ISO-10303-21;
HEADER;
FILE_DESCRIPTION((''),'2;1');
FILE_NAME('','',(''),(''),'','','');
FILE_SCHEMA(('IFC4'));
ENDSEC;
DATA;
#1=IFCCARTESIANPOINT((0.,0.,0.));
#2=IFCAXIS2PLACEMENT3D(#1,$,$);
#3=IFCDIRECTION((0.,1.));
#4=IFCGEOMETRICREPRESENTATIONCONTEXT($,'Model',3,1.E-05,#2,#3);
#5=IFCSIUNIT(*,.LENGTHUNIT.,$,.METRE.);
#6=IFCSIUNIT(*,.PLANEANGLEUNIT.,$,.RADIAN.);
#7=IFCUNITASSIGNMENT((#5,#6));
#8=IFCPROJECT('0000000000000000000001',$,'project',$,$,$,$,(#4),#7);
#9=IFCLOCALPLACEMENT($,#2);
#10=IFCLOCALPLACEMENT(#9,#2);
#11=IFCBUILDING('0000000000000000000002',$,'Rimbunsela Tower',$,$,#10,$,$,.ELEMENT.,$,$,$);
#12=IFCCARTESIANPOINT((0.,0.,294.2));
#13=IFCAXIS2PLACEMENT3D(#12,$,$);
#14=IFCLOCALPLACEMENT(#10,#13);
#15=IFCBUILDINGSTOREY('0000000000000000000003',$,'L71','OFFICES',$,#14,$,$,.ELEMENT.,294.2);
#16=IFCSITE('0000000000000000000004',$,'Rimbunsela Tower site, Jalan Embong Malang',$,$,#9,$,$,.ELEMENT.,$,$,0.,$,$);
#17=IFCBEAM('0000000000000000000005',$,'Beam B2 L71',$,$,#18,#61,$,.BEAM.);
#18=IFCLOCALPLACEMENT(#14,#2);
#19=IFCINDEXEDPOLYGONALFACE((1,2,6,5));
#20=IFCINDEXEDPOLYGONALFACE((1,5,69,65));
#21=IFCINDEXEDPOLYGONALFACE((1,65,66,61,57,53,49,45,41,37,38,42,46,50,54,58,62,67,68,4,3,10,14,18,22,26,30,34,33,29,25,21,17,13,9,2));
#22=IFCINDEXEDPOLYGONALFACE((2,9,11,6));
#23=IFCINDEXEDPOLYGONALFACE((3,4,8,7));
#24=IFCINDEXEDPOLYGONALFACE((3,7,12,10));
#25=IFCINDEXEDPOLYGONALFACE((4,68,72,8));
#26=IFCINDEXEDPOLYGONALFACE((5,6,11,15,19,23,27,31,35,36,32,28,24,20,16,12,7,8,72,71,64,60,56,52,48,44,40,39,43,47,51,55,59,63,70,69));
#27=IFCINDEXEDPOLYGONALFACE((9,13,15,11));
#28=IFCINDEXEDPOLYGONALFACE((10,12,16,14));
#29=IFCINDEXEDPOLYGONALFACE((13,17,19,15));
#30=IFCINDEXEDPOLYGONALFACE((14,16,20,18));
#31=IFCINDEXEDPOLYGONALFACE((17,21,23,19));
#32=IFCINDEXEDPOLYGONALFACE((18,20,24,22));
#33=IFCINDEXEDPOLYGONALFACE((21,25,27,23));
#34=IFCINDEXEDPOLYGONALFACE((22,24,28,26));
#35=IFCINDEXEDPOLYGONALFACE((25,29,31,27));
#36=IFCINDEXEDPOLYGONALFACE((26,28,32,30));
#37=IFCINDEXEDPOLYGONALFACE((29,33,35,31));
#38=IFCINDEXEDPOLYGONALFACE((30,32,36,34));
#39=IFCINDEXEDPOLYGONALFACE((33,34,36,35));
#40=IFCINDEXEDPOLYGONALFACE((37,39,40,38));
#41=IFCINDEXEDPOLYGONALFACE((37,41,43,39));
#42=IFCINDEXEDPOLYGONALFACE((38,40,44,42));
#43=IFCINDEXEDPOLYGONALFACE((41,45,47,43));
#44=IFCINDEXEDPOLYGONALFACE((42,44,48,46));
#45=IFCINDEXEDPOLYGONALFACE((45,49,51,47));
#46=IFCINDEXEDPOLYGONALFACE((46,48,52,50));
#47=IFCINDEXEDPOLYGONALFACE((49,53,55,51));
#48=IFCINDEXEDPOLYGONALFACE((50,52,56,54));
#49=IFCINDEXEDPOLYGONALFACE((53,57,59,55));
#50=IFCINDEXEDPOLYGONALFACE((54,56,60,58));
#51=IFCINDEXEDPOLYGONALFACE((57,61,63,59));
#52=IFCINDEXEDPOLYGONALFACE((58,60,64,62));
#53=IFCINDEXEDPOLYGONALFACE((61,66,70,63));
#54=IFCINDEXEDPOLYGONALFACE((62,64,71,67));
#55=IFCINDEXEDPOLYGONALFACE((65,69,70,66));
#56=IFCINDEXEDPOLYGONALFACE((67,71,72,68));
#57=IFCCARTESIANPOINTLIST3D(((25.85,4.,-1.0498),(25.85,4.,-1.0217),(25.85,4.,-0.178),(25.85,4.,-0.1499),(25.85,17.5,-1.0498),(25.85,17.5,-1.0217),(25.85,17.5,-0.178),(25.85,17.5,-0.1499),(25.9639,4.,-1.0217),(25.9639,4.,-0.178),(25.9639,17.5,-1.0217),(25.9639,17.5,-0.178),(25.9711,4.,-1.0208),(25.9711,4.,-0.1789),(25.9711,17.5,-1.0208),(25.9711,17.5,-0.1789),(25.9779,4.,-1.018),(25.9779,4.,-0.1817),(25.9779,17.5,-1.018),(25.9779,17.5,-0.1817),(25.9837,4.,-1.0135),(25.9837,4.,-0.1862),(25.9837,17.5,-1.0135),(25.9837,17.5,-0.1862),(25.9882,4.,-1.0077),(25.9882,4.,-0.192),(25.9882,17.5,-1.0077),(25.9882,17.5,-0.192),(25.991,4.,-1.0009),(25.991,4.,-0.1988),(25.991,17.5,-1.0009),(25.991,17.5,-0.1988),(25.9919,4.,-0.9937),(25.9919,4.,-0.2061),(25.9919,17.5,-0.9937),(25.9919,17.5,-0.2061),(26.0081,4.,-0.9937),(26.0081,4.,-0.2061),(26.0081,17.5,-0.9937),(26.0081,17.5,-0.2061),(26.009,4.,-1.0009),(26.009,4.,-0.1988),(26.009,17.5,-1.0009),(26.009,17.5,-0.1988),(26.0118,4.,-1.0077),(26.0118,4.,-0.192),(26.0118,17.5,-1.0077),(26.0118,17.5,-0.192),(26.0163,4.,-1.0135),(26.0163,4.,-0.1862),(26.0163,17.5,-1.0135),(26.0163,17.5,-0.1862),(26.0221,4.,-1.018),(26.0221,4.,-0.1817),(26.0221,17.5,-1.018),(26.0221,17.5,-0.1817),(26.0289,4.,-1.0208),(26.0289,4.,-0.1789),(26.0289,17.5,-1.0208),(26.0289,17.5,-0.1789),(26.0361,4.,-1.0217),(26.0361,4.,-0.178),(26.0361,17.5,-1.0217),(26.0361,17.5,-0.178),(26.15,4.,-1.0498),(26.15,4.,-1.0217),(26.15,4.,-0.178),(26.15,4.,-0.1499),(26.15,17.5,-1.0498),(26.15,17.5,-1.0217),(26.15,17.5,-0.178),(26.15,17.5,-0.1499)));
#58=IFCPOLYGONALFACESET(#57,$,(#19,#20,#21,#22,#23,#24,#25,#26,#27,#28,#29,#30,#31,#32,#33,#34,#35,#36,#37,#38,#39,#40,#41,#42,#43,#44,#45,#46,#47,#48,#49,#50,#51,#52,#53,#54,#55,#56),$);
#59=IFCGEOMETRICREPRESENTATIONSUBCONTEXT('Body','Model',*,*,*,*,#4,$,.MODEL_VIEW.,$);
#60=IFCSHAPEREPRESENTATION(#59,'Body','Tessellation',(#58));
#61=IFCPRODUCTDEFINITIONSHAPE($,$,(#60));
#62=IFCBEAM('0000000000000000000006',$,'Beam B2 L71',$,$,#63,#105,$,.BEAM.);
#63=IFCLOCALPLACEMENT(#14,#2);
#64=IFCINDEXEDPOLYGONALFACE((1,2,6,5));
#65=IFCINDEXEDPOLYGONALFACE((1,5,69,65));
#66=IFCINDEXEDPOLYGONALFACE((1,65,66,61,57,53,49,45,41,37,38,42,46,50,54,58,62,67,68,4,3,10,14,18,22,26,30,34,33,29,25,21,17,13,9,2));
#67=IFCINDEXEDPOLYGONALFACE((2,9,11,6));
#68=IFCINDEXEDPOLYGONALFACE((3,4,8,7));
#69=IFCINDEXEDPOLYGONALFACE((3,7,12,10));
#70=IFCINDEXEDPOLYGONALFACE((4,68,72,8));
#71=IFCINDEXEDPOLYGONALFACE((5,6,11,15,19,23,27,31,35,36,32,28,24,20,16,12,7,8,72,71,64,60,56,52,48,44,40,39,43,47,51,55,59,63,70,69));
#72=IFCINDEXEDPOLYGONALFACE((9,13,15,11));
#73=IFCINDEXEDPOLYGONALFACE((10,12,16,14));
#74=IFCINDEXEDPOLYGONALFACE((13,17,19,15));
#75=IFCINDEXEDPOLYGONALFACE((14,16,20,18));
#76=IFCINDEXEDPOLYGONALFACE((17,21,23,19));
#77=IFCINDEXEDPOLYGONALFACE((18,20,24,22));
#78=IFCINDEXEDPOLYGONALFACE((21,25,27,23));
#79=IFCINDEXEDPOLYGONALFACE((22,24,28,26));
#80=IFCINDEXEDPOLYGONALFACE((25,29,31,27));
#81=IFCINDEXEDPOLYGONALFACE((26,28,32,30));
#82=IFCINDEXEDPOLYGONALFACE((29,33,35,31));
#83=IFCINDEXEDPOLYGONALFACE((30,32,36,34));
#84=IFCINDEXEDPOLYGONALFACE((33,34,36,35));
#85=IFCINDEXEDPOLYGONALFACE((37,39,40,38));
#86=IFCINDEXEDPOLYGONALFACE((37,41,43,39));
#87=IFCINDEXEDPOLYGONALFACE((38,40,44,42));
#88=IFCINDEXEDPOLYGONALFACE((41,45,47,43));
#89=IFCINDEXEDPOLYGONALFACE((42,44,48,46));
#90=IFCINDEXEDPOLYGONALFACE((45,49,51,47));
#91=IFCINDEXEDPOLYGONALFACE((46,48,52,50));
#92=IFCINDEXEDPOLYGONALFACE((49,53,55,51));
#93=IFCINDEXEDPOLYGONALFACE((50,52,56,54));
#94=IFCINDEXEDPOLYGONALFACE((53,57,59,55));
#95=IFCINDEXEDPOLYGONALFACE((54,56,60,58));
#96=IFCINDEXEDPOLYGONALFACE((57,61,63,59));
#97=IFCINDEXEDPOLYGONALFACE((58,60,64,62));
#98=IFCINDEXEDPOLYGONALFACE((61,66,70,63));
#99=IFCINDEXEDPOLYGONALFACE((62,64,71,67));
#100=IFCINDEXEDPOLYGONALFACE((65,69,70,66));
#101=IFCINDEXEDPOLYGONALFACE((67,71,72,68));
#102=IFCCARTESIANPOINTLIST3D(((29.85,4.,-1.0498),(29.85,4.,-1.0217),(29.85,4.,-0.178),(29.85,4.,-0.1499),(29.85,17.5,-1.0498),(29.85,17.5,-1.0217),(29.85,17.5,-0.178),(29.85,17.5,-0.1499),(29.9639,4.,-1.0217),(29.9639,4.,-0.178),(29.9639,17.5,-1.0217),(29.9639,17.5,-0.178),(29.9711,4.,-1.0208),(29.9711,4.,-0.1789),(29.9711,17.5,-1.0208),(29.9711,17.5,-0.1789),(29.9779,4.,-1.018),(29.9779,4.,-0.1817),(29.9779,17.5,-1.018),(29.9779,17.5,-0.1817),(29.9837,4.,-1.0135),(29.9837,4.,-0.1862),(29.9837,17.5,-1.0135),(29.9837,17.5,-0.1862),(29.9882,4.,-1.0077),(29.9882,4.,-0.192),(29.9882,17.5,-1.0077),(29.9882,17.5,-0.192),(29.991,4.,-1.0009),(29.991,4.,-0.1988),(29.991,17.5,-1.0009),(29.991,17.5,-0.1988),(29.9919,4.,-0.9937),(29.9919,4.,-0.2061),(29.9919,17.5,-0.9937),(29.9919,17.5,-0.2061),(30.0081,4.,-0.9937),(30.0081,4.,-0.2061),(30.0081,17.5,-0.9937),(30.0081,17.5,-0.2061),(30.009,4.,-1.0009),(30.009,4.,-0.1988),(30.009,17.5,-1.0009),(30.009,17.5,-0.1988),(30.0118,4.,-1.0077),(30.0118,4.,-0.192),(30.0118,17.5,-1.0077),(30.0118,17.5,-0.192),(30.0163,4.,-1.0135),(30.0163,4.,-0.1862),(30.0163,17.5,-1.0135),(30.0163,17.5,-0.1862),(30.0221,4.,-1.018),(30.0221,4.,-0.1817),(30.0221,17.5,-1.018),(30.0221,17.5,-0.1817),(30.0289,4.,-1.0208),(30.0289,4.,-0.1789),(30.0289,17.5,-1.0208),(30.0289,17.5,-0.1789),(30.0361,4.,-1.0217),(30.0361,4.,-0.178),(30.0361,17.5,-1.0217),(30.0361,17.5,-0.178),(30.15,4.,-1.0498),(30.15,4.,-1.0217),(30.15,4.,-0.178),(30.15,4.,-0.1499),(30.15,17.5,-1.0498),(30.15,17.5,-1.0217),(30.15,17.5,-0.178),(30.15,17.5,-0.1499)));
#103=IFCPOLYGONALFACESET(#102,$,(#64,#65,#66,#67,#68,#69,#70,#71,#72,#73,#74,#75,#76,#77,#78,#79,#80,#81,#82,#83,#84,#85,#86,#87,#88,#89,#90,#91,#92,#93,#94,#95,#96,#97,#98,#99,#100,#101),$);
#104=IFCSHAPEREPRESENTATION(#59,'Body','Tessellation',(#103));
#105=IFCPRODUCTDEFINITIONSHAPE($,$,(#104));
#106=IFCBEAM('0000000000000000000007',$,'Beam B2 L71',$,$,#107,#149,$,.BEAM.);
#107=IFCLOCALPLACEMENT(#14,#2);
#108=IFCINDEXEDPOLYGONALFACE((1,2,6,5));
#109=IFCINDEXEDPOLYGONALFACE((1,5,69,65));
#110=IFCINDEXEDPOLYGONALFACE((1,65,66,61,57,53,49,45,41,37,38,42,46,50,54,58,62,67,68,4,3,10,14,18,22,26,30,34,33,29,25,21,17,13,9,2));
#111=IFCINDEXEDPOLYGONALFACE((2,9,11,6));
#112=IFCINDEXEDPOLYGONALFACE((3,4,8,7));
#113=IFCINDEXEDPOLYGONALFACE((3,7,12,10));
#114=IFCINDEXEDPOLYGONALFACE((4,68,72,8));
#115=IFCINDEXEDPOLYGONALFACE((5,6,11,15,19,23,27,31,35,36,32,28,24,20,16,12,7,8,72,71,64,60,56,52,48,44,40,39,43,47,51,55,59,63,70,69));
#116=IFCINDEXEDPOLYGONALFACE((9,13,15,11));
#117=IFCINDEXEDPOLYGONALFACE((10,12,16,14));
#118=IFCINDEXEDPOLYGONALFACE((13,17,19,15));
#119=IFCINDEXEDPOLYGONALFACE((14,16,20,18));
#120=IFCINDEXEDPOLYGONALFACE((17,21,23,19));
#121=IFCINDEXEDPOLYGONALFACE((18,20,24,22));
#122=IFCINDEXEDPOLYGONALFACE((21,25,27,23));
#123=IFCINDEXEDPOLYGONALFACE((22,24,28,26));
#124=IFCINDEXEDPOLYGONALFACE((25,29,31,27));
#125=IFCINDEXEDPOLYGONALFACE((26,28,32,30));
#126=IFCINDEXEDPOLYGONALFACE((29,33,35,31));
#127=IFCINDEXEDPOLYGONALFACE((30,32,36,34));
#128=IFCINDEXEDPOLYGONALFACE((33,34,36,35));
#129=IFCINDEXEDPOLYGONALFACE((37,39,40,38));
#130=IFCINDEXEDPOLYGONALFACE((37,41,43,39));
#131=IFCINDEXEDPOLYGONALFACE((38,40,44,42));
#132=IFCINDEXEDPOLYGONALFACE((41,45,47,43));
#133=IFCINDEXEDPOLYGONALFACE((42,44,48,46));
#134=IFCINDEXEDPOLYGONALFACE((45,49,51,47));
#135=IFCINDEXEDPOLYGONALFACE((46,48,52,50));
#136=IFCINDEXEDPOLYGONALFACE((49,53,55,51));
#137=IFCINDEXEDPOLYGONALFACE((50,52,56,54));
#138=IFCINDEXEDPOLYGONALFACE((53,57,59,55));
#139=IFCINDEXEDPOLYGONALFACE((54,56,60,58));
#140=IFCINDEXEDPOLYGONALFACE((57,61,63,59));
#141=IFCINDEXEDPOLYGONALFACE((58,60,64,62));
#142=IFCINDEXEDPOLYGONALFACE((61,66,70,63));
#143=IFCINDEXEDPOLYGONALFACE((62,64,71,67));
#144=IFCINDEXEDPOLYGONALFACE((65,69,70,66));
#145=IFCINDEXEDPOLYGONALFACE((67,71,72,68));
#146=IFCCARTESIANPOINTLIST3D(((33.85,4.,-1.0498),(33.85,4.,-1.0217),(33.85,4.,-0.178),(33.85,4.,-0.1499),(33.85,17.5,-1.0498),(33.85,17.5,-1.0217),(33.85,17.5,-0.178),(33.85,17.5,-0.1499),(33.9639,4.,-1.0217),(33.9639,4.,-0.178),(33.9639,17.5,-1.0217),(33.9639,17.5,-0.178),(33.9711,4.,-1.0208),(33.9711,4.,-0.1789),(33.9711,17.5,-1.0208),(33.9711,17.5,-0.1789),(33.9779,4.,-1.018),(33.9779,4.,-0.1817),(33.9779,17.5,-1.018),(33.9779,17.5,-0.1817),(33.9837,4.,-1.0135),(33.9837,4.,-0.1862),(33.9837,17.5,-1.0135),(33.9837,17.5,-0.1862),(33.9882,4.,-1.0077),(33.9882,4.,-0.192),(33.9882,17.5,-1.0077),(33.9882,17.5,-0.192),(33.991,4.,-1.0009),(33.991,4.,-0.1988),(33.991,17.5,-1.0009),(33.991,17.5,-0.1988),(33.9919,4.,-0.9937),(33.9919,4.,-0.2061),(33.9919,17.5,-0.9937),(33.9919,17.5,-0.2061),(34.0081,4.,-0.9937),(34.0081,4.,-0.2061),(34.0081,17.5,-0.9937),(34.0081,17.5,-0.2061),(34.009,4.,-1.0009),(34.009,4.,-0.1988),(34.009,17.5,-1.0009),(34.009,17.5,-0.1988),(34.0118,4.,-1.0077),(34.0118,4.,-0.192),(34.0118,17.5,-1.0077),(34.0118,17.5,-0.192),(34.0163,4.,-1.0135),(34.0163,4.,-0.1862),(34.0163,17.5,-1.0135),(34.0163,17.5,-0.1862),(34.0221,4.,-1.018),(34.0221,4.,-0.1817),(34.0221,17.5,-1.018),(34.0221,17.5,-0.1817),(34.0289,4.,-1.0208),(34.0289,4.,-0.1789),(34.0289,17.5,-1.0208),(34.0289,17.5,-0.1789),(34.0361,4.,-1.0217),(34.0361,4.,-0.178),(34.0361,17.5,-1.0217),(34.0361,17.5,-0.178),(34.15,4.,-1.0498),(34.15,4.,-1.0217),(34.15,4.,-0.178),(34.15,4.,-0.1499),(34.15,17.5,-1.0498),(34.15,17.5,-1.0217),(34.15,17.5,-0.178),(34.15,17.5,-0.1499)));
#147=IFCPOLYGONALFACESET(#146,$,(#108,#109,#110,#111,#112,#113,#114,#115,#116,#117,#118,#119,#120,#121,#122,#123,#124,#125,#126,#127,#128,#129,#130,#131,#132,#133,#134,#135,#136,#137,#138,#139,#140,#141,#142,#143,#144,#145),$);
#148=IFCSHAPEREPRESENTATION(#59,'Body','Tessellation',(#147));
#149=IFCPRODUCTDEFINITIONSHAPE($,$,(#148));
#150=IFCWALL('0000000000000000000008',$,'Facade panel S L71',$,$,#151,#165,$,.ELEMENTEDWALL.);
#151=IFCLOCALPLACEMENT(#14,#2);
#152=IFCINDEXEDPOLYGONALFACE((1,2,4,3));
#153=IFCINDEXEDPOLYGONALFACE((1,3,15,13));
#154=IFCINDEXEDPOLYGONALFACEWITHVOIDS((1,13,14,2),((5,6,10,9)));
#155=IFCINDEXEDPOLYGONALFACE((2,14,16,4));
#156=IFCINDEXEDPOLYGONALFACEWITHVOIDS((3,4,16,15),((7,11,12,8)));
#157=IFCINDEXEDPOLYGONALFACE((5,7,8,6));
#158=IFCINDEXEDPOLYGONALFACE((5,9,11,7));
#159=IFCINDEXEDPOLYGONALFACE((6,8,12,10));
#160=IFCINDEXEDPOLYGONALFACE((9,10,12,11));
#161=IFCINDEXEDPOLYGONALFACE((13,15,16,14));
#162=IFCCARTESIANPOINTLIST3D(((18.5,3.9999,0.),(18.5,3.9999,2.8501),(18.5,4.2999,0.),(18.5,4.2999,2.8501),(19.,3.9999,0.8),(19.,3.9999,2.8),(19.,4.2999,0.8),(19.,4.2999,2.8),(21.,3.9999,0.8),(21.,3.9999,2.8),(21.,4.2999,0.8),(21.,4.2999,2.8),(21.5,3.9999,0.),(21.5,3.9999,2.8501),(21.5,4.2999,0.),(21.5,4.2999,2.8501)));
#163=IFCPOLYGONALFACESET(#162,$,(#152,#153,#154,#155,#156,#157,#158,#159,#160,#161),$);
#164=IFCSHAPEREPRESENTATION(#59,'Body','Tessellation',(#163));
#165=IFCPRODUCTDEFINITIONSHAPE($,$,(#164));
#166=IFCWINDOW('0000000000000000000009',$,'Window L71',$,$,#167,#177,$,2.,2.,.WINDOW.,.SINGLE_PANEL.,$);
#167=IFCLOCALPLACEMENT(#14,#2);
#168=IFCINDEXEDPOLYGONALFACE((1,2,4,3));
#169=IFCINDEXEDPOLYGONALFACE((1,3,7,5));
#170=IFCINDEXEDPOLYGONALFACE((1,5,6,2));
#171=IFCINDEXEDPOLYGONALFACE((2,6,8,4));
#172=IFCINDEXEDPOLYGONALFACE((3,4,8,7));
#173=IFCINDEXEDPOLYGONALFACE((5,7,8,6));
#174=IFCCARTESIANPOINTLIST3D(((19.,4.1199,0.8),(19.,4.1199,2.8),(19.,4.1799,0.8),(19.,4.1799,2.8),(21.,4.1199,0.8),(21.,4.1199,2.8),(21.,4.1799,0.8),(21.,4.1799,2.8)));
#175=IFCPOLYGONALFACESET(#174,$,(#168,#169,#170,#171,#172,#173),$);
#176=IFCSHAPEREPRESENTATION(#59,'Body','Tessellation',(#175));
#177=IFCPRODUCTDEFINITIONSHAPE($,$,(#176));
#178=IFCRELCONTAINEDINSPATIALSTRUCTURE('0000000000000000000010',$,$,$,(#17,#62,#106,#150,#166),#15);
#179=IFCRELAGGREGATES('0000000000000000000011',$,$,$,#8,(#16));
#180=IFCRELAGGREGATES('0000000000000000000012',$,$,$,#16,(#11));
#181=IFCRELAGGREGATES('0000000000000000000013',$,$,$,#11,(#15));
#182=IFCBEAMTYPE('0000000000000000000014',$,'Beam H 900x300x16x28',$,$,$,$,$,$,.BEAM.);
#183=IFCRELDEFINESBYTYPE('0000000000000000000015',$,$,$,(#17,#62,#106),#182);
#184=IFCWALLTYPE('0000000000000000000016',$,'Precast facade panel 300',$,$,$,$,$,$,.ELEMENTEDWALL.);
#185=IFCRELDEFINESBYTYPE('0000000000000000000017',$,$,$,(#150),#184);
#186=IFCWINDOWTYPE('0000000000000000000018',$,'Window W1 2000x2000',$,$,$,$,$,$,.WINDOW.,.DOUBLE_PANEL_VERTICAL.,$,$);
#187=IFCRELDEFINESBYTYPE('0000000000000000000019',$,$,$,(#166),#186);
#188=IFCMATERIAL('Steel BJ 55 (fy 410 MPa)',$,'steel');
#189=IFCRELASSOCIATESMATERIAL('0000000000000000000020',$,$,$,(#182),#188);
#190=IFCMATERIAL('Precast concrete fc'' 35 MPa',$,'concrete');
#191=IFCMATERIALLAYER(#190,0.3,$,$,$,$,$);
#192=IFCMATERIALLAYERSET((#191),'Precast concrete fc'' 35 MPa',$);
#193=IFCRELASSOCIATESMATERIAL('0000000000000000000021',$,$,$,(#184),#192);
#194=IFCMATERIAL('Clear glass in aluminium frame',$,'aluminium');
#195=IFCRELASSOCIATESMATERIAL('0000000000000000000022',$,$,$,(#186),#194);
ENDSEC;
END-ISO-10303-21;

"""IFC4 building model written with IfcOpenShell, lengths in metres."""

from ifc_helpers import new_model, si_unit, direction, frame, frame_2d, origin, origin_2d, place, context, subcontext, project, spatial, rectangle, i_section, extrude, material, layer, layer_set, material_profile, profile_set, type_object, element, fill, save


model = new_model("IFC4")

# Units and contexts
model_context = context("Model", 3, precision=1e-05, world=origin(), true_north=direction((0.0, 1.0)))
body_context = subcontext(model_context, "Body", "Model", "MODEL_VIEW")
ifc_project = project(units=[si_unit("LENGTHUNIT", "METRE"), si_unit("PLANEANGLEUNIT", "RADIAN")], contexts=[model_context])

# Site, building, storey
site_placement = place(None, origin())
site = spatial("IfcSite", under=ifc_project, at=site_placement, Name="Rimbunsela Tower site, Jalan Embong Malang", CompositionType="ELEMENT", RefElevation=0.0)
building_placement = place(site_placement, origin())
building = spatial("IfcBuilding", under=site, at=building_placement, Name="Rimbunsela Tower", CompositionType="ELEMENT")
storey_placement = place(building_placement, frame((0.0, 0.0, 294.2)))
storey = spatial("IfcBuildingStorey", under=building, at=storey_placement, Name="L71", Description="OFFICES", CompositionType="ELEMENT", Elevation=294.2)

# Beams
ifc_material_1 = material(Name="Steel BJ 55 (fy 410 MPa)", Category="steel")
ifc_material_profile_1 = material_profile(ifc_material_1, i_section(OverallWidth=0.3, OverallDepth=0.8999, WebThickness=0.0161, FlangeThickness=0.0281, FilletRadius=0.0281, at=origin_2d()), Name="H 900x300x16x28")
ifc_profile_set_1 = profile_set([ifc_material_profile_1], Name="Steel BJ 55 (fy 410 MPa)")
beam_type_1 = type_object("IfcBeamType", Name="Beam H 900x300x16x28", PredefinedType="BEAM", material=ifc_profile_set_1)
for number, where, z_axis, x_axis, name in (
    (1, (26.0, 4.0, -0.5999), (0.0, 1.0, 0.0), (-1.0, 0.0, 0.0), "Beam B2 L71"),
    (2, (30.0, 4.0, -0.5999), (0.0, 1.0, 0.0), (-1.0, 0.0, 0.0), "Beam B2 L71"),
    (3, (34.0, 4.0, -0.5999), (0.0, 1.0, 0.0), (-1.0, 0.0, 0.0), "Beam B2 L71"),
):
    element("IfcBeam", number, at=place(storey_placement, frame(where, z_axis=z_axis, x_axis=x_axis)), inside=storey, type_object=beam_type_1, Name=name, PredefinedType="BEAM", context=body_context, shape_type="SweptSolid", body=[
        extrude(i_section(OverallWidth=0.3, OverallDepth=0.8999, WebThickness=0.0161, FlangeThickness=0.0281, FilletRadius=0.0281, at=origin_2d()), origin(), (0.0, 0.0, 1.0), 13.5),
    ])

# Wall, opening, window
ifc_material_2 = material(Name="Precast concrete fc' 35 MPa", Category="concrete")
ifc_layer_1 = layer(ifc_material_2, 0.3)
ifc_layer_set_1 = layer_set([ifc_layer_1], Name="Precast concrete fc' 35 MPa")
wall_type = type_object("IfcWallType", Name="Precast facade panel 300", PredefinedType="ELEMENTEDWALL", material=ifc_layer_set_1)
wall_1_placement = place(storey_placement, frame((18.5, 4.1499, 0.0), z_axis=(0.0, 0.0, 1.0), x_axis=(1.0, 0.0, 0.0)))
wall_1 = element("IfcWall", 4, at=wall_1_placement, inside=storey, type_object=wall_type, Name="Facade panel S L71", PredefinedType="ELEMENTEDWALL", context=body_context, shape_type="SweptSolid", body=[
    extrude(rectangle(XDim=3.0, YDim=0.3, at=frame_2d((1.5, 0.0))), origin(), (0.0, 0.0, 1.0), 2.8501),
])
opening_1_placement = place(wall_1_placement, frame((0.5, 0.0, 0.8)))
opening_1 = element("IfcOpeningElement", 5, at=opening_1_placement, cuts=wall_1, PredefinedType="OPENING", context=body_context, shape_type="SweptSolid", body=[
    extrude(rectangle(XDim=2.0, YDim=2.0, at=frame_2d((1.0, 1.0))), frame((0.0, 0.1599, 0.0), z_axis=(0.0, -1.0, 0.0), x_axis=(1.0, 0.0, 0.0)), (0.0, 0.0, 1.0), 0.3201),
])
ifc_material_3 = material(Name="Clear glass in aluminium frame", Category="aluminium")
window_type_1 = type_object("IfcWindowType", Name="Window W1 2000x2000", PartitioningType="DOUBLE_PANEL_VERTICAL", PredefinedType="WINDOW", material=ifc_material_3)
window_1_placement = place(opening_1_placement, origin())
window_1 = element("IfcWindow", 6, at=window_1_placement, inside=storey, type_object=window_type_1, Name="Window L71", OverallHeight=2.0, OverallWidth=2.0, PartitioningType="SINGLE_PANEL", PredefinedType="WINDOW", context=body_context, shape_type="SweptSolid", body=[
    extrude(rectangle(XDim=2.0, YDim=2.0, at=frame_2d((1.0, 1.0))), frame((0.0, 0.03, 0.0), z_axis=(0.0, -1.0, 0.0), x_axis=(1.0, 0.0, 0.0)), (0.0, 0.0, 1.0), 0.0601),
])
fill(opening_1, window_1)

save(model, "model.ifc")
